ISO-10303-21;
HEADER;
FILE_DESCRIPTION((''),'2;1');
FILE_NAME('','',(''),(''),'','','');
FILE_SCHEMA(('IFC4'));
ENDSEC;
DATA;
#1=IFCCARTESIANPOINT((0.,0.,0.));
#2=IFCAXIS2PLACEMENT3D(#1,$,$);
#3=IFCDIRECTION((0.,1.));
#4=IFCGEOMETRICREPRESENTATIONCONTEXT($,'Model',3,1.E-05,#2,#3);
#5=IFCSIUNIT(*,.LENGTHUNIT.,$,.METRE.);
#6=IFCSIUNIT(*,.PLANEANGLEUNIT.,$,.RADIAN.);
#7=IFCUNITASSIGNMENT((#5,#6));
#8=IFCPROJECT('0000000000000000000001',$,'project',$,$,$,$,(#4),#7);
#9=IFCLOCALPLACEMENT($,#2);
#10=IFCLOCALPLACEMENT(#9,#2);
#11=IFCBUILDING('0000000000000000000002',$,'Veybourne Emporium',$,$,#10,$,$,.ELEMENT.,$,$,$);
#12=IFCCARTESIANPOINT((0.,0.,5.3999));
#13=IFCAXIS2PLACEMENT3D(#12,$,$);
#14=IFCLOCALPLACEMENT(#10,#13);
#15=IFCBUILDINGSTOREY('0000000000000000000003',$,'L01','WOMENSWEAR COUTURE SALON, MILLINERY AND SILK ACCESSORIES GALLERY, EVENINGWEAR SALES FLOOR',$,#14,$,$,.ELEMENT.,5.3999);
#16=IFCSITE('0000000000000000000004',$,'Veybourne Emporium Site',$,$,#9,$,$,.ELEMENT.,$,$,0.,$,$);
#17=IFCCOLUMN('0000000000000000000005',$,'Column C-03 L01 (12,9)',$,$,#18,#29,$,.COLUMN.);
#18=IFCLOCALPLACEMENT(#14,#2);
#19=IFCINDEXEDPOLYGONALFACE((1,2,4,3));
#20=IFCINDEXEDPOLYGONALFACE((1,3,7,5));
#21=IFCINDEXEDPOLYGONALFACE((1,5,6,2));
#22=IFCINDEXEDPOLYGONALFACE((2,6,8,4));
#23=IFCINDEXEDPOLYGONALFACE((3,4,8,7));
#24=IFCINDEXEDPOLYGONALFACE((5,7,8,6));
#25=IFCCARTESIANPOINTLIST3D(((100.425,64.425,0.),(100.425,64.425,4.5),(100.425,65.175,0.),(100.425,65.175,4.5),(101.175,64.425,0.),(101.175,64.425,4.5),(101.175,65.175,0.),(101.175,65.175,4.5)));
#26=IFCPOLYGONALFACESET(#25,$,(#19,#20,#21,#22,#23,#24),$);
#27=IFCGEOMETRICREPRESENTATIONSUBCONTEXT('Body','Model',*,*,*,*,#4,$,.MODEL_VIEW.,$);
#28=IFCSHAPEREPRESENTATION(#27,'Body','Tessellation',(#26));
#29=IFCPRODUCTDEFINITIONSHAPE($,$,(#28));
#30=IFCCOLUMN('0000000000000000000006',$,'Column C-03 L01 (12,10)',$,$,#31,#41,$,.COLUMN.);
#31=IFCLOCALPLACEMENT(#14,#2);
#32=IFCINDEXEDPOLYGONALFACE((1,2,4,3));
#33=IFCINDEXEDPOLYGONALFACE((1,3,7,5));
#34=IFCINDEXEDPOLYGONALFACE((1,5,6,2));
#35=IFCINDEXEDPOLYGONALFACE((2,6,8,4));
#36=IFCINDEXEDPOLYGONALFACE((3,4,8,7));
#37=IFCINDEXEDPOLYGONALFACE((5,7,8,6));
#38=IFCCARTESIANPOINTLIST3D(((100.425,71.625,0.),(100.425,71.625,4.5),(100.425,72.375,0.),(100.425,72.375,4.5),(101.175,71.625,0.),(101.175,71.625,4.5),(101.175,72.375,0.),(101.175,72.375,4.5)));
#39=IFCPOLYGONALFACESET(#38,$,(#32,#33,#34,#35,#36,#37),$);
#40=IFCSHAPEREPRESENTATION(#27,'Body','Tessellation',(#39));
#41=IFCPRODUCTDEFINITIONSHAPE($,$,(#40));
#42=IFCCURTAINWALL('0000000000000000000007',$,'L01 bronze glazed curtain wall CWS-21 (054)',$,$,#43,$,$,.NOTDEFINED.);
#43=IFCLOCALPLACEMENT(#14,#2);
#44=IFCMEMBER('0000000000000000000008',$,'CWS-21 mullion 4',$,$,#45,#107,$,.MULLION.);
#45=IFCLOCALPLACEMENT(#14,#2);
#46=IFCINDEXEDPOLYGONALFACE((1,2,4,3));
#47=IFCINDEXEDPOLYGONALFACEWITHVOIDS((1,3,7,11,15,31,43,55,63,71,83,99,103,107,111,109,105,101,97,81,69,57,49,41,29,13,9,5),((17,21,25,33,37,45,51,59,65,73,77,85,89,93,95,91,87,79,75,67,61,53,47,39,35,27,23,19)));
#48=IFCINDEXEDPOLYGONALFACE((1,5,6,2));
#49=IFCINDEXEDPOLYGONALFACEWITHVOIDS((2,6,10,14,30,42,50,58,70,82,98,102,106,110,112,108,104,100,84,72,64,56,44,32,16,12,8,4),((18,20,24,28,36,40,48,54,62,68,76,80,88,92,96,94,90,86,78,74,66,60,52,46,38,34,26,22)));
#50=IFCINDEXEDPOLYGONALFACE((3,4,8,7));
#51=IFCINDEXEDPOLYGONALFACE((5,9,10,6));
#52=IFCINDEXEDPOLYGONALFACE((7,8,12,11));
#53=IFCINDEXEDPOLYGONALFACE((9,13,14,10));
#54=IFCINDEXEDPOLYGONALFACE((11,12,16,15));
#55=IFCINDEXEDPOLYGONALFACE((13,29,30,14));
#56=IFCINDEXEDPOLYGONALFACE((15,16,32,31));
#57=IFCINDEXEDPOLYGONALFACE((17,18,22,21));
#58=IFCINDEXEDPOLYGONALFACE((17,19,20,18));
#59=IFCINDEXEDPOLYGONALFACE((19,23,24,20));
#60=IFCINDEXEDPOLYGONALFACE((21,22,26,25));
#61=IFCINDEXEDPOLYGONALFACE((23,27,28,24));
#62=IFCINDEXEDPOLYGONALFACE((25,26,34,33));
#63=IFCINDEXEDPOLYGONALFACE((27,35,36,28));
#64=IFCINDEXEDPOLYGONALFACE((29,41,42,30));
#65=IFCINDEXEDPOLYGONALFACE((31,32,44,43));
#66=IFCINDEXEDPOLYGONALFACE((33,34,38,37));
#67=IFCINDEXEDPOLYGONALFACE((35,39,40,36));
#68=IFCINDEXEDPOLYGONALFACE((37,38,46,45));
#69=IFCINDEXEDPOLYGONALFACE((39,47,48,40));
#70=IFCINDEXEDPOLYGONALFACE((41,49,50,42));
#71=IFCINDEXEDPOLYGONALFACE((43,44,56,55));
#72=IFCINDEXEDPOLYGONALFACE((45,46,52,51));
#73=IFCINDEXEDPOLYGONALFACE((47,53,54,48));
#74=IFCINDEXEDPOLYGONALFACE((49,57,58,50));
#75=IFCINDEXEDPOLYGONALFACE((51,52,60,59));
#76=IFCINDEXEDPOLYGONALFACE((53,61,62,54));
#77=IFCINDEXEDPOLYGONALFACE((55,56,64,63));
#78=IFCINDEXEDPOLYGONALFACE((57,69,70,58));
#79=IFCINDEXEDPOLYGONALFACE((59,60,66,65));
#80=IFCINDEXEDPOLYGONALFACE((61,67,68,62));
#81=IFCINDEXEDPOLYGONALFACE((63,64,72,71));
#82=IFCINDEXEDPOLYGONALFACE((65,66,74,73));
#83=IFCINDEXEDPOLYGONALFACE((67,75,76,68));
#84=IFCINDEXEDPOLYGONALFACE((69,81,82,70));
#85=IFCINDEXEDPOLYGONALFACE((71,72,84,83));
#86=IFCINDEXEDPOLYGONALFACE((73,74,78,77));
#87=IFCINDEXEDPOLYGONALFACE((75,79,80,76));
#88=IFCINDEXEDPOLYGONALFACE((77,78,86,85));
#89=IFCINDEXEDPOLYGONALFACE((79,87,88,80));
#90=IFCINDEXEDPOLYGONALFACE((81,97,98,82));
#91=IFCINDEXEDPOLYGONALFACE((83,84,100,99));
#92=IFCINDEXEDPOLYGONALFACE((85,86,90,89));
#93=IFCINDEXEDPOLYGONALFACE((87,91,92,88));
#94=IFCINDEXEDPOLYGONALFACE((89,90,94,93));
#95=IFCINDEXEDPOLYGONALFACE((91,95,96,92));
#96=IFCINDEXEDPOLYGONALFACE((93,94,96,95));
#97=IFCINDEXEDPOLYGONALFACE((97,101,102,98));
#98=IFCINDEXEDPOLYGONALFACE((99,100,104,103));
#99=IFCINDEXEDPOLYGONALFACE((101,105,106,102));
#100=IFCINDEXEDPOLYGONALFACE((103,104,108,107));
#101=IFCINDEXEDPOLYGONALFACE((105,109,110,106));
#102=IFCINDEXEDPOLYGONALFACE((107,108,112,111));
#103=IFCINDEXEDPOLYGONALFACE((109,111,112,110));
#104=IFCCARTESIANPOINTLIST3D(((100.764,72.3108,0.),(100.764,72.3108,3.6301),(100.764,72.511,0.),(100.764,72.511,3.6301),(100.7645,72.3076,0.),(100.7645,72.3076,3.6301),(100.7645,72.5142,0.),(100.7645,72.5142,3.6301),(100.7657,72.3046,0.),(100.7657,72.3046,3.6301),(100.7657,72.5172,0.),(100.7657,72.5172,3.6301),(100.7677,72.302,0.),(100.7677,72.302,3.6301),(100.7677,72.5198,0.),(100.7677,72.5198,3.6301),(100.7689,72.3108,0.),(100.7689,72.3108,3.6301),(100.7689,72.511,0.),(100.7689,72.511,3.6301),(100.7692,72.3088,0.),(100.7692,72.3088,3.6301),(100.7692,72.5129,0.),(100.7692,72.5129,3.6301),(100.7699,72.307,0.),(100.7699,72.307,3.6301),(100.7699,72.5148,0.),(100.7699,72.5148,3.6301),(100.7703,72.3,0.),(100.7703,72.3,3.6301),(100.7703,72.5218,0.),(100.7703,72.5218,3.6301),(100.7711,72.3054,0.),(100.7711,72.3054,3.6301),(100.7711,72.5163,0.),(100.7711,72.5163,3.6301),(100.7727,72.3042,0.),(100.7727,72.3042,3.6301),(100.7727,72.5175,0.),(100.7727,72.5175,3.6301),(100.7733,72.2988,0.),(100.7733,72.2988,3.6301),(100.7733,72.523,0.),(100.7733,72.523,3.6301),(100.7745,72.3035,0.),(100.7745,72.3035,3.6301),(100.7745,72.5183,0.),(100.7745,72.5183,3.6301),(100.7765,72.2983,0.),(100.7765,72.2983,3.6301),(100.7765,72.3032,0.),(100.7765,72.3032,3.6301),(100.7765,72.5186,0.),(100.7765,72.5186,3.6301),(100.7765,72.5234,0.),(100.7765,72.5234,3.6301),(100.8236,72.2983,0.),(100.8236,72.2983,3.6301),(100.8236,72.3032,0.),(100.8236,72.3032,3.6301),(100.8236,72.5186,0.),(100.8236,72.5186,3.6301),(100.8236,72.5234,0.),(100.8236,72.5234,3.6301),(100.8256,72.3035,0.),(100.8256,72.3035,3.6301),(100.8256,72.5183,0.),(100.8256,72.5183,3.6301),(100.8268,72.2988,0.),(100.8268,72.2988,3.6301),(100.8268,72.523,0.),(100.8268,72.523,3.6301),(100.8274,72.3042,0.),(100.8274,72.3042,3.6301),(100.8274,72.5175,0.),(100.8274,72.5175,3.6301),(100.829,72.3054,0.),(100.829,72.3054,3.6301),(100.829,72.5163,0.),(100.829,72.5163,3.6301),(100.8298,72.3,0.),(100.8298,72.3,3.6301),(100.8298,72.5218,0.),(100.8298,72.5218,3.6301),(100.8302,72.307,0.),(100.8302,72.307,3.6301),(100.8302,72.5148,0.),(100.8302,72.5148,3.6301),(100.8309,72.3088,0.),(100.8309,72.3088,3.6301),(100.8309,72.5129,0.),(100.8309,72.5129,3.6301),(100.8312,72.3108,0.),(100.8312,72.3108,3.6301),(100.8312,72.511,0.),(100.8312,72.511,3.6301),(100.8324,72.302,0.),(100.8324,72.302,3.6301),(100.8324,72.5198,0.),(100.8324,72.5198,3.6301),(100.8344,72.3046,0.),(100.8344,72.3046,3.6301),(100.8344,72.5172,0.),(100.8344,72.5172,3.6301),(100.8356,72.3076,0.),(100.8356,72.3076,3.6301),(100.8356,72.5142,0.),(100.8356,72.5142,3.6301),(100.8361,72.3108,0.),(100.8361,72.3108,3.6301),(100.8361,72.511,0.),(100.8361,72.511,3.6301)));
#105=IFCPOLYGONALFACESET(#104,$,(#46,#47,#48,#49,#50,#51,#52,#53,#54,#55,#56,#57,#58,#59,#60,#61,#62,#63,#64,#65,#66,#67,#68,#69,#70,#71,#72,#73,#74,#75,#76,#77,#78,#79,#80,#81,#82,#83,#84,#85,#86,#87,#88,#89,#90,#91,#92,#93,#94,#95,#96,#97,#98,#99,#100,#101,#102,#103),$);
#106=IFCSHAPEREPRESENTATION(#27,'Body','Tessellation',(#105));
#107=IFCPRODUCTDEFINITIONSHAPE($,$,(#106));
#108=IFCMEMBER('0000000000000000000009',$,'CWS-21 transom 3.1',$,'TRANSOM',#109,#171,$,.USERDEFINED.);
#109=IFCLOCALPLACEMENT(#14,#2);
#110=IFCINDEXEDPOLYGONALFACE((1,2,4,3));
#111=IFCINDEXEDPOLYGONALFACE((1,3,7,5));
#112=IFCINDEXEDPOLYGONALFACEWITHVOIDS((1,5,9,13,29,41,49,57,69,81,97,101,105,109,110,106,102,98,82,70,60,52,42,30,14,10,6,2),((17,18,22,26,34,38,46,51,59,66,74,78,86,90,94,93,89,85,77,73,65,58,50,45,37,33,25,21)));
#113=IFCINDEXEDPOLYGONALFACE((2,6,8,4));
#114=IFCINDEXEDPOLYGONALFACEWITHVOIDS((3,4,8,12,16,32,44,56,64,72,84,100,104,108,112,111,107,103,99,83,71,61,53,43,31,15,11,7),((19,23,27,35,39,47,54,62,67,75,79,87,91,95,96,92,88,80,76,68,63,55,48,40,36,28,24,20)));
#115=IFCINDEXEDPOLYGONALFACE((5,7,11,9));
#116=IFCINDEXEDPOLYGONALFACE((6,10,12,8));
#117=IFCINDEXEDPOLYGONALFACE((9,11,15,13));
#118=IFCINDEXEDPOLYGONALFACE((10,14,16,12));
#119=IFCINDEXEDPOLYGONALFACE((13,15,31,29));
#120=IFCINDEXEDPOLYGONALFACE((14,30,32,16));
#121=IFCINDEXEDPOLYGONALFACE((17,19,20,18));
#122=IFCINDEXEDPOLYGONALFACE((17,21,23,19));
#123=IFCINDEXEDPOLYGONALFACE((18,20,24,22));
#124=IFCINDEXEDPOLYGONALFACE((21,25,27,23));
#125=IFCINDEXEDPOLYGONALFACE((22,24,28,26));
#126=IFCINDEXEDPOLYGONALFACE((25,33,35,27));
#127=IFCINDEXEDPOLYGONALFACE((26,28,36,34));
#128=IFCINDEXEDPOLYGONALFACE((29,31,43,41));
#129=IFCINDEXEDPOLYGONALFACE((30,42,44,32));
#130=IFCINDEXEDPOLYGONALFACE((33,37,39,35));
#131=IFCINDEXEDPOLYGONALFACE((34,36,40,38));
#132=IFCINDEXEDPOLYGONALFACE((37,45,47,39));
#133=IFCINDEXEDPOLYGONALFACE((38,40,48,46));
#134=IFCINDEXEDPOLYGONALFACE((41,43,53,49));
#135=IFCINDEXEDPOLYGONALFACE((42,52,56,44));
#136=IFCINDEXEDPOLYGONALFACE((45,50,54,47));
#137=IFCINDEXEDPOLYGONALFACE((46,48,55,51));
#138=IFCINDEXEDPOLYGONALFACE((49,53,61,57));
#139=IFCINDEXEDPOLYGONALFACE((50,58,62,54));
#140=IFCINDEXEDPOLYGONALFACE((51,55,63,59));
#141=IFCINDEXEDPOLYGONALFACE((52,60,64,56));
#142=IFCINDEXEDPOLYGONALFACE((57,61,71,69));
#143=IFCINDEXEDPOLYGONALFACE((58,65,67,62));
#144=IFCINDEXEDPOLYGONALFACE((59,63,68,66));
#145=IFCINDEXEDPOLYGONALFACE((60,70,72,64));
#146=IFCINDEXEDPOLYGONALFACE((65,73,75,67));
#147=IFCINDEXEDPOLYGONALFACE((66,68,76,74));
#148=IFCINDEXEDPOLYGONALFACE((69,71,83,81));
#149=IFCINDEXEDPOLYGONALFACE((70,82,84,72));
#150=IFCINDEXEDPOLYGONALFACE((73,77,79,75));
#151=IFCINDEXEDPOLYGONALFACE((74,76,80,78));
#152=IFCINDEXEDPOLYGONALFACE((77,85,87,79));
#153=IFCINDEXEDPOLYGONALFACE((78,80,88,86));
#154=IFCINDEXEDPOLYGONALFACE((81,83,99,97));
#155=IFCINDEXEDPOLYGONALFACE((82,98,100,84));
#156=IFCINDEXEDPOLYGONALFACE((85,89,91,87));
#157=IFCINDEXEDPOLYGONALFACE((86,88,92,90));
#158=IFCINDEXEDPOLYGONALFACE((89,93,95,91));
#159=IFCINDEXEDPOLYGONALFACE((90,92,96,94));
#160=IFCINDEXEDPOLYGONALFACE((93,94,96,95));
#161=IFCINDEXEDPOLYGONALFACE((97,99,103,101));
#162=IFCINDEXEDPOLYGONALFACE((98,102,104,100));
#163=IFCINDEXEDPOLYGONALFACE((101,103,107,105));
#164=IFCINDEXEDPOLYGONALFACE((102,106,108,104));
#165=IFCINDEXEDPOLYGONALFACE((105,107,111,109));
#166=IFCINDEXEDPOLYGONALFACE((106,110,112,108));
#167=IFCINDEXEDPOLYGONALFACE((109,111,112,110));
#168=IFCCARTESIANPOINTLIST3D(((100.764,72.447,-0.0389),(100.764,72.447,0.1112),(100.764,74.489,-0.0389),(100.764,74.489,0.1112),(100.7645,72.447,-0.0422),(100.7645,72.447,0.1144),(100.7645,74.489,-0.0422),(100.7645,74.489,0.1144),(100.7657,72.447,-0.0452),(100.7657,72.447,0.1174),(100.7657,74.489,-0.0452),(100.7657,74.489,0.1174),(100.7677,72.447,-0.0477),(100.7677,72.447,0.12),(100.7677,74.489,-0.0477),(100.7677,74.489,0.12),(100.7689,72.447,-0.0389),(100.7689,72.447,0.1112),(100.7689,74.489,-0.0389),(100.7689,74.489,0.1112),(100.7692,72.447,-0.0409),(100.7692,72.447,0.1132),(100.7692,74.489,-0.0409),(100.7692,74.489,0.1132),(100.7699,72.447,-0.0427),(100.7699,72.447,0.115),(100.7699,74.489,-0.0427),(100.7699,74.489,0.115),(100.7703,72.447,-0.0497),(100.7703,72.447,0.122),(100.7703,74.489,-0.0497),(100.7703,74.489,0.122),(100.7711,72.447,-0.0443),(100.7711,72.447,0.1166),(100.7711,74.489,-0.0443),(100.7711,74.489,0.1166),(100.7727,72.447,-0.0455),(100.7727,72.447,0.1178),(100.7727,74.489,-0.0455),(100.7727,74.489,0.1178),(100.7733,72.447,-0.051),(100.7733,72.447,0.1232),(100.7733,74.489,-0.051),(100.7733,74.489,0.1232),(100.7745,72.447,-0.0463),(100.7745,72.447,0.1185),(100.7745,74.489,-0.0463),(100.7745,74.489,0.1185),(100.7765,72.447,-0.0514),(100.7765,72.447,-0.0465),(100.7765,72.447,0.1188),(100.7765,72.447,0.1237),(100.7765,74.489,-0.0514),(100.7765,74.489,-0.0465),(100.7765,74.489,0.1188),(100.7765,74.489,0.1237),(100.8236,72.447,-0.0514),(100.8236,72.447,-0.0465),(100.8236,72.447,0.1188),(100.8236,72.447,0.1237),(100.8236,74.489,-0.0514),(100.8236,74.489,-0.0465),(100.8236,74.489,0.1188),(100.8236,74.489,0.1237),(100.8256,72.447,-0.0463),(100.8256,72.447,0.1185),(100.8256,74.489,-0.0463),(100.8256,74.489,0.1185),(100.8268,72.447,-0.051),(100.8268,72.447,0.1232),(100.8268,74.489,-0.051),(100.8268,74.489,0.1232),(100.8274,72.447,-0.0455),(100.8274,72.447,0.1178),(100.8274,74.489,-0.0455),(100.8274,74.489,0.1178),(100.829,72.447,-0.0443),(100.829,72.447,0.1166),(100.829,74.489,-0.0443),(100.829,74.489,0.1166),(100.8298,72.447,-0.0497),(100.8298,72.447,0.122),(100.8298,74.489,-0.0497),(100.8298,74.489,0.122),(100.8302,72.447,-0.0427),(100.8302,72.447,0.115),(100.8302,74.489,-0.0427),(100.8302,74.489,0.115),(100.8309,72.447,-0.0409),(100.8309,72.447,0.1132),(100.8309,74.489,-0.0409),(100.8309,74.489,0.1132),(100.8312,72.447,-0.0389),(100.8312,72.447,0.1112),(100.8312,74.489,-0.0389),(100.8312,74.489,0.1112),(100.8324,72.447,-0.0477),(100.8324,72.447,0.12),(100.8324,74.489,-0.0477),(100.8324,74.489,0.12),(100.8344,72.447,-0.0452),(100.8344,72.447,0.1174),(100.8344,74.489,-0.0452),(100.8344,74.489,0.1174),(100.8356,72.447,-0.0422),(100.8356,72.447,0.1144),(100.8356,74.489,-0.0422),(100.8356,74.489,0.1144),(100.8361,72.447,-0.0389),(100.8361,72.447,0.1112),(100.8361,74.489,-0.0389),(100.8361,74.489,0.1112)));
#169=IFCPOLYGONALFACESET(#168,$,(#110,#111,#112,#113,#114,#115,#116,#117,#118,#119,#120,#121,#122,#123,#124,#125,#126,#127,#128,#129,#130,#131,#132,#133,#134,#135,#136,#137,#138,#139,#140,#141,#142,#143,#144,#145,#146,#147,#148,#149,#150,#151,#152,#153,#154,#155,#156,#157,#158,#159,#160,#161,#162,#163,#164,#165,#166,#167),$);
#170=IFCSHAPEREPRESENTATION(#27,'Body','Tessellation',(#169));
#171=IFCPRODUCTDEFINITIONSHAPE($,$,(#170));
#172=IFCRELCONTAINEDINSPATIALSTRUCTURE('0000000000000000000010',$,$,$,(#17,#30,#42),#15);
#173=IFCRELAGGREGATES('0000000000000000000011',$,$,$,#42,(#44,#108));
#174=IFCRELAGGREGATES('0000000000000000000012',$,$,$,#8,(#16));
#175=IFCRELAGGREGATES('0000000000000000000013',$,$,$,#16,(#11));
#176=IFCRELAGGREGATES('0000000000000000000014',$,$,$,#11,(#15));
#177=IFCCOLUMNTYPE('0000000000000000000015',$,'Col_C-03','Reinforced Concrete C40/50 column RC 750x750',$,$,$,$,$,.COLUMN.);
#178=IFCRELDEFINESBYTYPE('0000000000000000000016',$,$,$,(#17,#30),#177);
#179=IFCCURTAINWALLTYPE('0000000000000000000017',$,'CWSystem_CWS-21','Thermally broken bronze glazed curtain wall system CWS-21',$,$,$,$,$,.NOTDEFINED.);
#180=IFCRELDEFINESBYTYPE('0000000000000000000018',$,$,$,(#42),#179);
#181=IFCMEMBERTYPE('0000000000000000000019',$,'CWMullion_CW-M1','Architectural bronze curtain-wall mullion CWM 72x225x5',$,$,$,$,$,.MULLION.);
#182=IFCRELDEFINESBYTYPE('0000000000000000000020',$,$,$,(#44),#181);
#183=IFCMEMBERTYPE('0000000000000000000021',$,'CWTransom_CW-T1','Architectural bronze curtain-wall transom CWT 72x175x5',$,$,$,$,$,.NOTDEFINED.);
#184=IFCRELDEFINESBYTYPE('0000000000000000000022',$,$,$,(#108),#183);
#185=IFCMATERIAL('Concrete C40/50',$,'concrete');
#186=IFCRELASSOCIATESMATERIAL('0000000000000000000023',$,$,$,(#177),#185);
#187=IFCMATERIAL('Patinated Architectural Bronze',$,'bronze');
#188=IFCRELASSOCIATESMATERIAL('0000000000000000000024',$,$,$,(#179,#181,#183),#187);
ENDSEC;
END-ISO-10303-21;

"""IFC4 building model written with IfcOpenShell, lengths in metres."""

from ifc_helpers import new_model, si_unit, direction, frame, origin, origin_2d, place, context, subcontext, project, spatial, rectangle, hollow_rectangle, extrude, material, material_profile, profile_set, type_object, element, aggregate, save


model = new_model("IFC4")

# Units and contexts
model_context = context("Model", 3, precision=1e-05, world=origin(), true_north=direction((0.0, 1.0)))
body_context = subcontext(model_context, "Body", "Model", "MODEL_VIEW")
ifc_project = project(units=[si_unit("LENGTHUNIT", "METRE"), si_unit("PLANEANGLEUNIT", "RADIAN")], contexts=[model_context])

# Site, building, storey
site_placement = place(None, origin())
site = spatial("IfcSite", under=ifc_project, at=site_placement, Name="Veybourne Emporium Site", CompositionType="ELEMENT", RefElevation=0.0)
building_placement = place(site_placement, origin())
building = spatial("IfcBuilding", under=site, at=building_placement, Name="Veybourne Emporium", CompositionType="ELEMENT")
storey_placement = place(building_placement, frame((0.0, 0.0, 5.3999)))
storey = spatial("IfcBuildingStorey", under=building, at=storey_placement, Name="L01", Description="WOMENSWEAR COUTURE SALON, MILLINERY AND SILK ACCESSORIES GALLERY, EVENINGWEAR SALES FLOOR", CompositionType="ELEMENT", Elevation=5.3999)

# Columns
ifc_material_1 = material(Name="Concrete C40/50", Category="concrete")
ifc_material_profile_1 = material_profile(ifc_material_1, rectangle(XDim=0.75, YDim=0.75, at=origin_2d()), Name="RC 750x750")
ifc_profile_set_1 = profile_set([ifc_material_profile_1], Name="Concrete C40/50")
column_type = type_object("IfcColumnType", Name="Col_C-03", Description="Reinforced Concrete C40/50 column RC 750x750", PredefinedType="COLUMN", material=ifc_profile_set_1)
for number, where, z_axis, x_axis, name in (
    (1, (100.8, 64.8, 0.0), (0.0, 0.0, 1.0), (1.0, 0.0, 0.0), "Column C-03 L01 (12,9)"),
    (2, (100.8, 72.0, 0.0), (0.0, 0.0, 1.0), (1.0, 0.0, 0.0), "Column C-03 L01 (12,10)"),
):
    element("IfcColumn", number, at=place(storey_placement, frame(where, z_axis=z_axis, x_axis=x_axis)), inside=storey, type_object=column_type, Name=name, PredefinedType="COLUMN", context=body_context, shape_type="SweptSolid", body=[
        extrude(rectangle(XDim=0.75, YDim=0.75, at=origin_2d()), origin(), (0.0, 0.0, 1.0), 4.5),
    ])

# Curtain wall, members
ifc_material_2 = material(Name="Patinated Architectural Bronze", Category="bronze")
curtain_wall_type = type_object("IfcCurtainWallType", Name="CWSystem_CWS-21", Description="Thermally broken bronze glazed curtain wall system CWS-21", PredefinedType="NOTDEFINED", material=ifc_material_2)
curtain_wall_placement = place(storey_placement, origin())
curtain_wall = element("IfcCurtainWall", 3, at=curtain_wall_placement, inside=storey, type_object=curtain_wall_type, Name="L01 bronze glazed curtain wall CWS-21 (054)", PredefinedType="NOTDEFINED")
ifc_material_profile_2 = material_profile(ifc_material_2, hollow_rectangle(XDim=0.072, YDim=0.2251, WallThickness=0.0049, InnerFilletRadius=0.0076, OuterFilletRadius=0.0125, at=origin_2d()), Name="CWM 72x225x5")
ifc_profile_set_2 = profile_set([ifc_material_profile_2], Name="Patinated Architectural Bronze")
member_type_1 = type_object("IfcMemberType", Name="CWMullion_CW-M1", Description="Architectural bronze curtain-wall mullion CWM 72x225x5", PredefinedType="MULLION", material=ifc_profile_set_2)
member_1_placement = place(storey_placement, frame((100.8, 72.4109, 0.0), z_axis=(0.0, 0.0, 1.0), x_axis=(1.0, 0.0, 0.0)))
member_1 = element("IfcMember", 4, at=member_1_placement, type_object=member_type_1, Name="CWS-21 mullion 4", PredefinedType="MULLION", context=body_context, shape_type="SweptSolid", body=[
    extrude(hollow_rectangle(XDim=0.072, YDim=0.2251, WallThickness=0.0049, InnerFilletRadius=0.0076, OuterFilletRadius=0.0125, at=origin_2d()), origin(), (0.0, 0.0, 1.0), 3.6301),
])
ifc_material_profile_3 = material_profile(ifc_material_2, hollow_rectangle(XDim=0.072, YDim=0.175, WallThickness=0.0049, InnerFilletRadius=0.0076, OuterFilletRadius=0.0125, at=origin_2d()), Name="CWT 72x175x5")
ifc_profile_set_3 = profile_set([ifc_material_profile_3], Name="Patinated Architectural Bronze")
member_type_2 = type_object("IfcMemberType", Name="CWTransom_CW-T1", Description="Architectural bronze curtain-wall transom CWT 72x175x5", PredefinedType="NOTDEFINED", material=ifc_profile_set_3)
member_2_placement = place(storey_placement, frame((100.8, 74.489, 0.0361), z_axis=(0.0, -1.0, 0.0), x_axis=(1.0, 0.0, 0.0)))
member_2 = element("IfcMember", 5, at=member_2_placement, type_object=member_type_2, Name="CWS-21 transom 3.1", ObjectType="TRANSOM", PredefinedType="USERDEFINED", context=body_context, shape_type="SweptSolid", body=[
    extrude(hollow_rectangle(XDim=0.072, YDim=0.175, WallThickness=0.0049, InnerFilletRadius=0.0076, OuterFilletRadius=0.0125, at=origin_2d()), origin(), (0.0, 0.0, 1.0), 2.042),
])

aggregate(curtain_wall, [member_1, member_2])

save(model, "model.ifc")
